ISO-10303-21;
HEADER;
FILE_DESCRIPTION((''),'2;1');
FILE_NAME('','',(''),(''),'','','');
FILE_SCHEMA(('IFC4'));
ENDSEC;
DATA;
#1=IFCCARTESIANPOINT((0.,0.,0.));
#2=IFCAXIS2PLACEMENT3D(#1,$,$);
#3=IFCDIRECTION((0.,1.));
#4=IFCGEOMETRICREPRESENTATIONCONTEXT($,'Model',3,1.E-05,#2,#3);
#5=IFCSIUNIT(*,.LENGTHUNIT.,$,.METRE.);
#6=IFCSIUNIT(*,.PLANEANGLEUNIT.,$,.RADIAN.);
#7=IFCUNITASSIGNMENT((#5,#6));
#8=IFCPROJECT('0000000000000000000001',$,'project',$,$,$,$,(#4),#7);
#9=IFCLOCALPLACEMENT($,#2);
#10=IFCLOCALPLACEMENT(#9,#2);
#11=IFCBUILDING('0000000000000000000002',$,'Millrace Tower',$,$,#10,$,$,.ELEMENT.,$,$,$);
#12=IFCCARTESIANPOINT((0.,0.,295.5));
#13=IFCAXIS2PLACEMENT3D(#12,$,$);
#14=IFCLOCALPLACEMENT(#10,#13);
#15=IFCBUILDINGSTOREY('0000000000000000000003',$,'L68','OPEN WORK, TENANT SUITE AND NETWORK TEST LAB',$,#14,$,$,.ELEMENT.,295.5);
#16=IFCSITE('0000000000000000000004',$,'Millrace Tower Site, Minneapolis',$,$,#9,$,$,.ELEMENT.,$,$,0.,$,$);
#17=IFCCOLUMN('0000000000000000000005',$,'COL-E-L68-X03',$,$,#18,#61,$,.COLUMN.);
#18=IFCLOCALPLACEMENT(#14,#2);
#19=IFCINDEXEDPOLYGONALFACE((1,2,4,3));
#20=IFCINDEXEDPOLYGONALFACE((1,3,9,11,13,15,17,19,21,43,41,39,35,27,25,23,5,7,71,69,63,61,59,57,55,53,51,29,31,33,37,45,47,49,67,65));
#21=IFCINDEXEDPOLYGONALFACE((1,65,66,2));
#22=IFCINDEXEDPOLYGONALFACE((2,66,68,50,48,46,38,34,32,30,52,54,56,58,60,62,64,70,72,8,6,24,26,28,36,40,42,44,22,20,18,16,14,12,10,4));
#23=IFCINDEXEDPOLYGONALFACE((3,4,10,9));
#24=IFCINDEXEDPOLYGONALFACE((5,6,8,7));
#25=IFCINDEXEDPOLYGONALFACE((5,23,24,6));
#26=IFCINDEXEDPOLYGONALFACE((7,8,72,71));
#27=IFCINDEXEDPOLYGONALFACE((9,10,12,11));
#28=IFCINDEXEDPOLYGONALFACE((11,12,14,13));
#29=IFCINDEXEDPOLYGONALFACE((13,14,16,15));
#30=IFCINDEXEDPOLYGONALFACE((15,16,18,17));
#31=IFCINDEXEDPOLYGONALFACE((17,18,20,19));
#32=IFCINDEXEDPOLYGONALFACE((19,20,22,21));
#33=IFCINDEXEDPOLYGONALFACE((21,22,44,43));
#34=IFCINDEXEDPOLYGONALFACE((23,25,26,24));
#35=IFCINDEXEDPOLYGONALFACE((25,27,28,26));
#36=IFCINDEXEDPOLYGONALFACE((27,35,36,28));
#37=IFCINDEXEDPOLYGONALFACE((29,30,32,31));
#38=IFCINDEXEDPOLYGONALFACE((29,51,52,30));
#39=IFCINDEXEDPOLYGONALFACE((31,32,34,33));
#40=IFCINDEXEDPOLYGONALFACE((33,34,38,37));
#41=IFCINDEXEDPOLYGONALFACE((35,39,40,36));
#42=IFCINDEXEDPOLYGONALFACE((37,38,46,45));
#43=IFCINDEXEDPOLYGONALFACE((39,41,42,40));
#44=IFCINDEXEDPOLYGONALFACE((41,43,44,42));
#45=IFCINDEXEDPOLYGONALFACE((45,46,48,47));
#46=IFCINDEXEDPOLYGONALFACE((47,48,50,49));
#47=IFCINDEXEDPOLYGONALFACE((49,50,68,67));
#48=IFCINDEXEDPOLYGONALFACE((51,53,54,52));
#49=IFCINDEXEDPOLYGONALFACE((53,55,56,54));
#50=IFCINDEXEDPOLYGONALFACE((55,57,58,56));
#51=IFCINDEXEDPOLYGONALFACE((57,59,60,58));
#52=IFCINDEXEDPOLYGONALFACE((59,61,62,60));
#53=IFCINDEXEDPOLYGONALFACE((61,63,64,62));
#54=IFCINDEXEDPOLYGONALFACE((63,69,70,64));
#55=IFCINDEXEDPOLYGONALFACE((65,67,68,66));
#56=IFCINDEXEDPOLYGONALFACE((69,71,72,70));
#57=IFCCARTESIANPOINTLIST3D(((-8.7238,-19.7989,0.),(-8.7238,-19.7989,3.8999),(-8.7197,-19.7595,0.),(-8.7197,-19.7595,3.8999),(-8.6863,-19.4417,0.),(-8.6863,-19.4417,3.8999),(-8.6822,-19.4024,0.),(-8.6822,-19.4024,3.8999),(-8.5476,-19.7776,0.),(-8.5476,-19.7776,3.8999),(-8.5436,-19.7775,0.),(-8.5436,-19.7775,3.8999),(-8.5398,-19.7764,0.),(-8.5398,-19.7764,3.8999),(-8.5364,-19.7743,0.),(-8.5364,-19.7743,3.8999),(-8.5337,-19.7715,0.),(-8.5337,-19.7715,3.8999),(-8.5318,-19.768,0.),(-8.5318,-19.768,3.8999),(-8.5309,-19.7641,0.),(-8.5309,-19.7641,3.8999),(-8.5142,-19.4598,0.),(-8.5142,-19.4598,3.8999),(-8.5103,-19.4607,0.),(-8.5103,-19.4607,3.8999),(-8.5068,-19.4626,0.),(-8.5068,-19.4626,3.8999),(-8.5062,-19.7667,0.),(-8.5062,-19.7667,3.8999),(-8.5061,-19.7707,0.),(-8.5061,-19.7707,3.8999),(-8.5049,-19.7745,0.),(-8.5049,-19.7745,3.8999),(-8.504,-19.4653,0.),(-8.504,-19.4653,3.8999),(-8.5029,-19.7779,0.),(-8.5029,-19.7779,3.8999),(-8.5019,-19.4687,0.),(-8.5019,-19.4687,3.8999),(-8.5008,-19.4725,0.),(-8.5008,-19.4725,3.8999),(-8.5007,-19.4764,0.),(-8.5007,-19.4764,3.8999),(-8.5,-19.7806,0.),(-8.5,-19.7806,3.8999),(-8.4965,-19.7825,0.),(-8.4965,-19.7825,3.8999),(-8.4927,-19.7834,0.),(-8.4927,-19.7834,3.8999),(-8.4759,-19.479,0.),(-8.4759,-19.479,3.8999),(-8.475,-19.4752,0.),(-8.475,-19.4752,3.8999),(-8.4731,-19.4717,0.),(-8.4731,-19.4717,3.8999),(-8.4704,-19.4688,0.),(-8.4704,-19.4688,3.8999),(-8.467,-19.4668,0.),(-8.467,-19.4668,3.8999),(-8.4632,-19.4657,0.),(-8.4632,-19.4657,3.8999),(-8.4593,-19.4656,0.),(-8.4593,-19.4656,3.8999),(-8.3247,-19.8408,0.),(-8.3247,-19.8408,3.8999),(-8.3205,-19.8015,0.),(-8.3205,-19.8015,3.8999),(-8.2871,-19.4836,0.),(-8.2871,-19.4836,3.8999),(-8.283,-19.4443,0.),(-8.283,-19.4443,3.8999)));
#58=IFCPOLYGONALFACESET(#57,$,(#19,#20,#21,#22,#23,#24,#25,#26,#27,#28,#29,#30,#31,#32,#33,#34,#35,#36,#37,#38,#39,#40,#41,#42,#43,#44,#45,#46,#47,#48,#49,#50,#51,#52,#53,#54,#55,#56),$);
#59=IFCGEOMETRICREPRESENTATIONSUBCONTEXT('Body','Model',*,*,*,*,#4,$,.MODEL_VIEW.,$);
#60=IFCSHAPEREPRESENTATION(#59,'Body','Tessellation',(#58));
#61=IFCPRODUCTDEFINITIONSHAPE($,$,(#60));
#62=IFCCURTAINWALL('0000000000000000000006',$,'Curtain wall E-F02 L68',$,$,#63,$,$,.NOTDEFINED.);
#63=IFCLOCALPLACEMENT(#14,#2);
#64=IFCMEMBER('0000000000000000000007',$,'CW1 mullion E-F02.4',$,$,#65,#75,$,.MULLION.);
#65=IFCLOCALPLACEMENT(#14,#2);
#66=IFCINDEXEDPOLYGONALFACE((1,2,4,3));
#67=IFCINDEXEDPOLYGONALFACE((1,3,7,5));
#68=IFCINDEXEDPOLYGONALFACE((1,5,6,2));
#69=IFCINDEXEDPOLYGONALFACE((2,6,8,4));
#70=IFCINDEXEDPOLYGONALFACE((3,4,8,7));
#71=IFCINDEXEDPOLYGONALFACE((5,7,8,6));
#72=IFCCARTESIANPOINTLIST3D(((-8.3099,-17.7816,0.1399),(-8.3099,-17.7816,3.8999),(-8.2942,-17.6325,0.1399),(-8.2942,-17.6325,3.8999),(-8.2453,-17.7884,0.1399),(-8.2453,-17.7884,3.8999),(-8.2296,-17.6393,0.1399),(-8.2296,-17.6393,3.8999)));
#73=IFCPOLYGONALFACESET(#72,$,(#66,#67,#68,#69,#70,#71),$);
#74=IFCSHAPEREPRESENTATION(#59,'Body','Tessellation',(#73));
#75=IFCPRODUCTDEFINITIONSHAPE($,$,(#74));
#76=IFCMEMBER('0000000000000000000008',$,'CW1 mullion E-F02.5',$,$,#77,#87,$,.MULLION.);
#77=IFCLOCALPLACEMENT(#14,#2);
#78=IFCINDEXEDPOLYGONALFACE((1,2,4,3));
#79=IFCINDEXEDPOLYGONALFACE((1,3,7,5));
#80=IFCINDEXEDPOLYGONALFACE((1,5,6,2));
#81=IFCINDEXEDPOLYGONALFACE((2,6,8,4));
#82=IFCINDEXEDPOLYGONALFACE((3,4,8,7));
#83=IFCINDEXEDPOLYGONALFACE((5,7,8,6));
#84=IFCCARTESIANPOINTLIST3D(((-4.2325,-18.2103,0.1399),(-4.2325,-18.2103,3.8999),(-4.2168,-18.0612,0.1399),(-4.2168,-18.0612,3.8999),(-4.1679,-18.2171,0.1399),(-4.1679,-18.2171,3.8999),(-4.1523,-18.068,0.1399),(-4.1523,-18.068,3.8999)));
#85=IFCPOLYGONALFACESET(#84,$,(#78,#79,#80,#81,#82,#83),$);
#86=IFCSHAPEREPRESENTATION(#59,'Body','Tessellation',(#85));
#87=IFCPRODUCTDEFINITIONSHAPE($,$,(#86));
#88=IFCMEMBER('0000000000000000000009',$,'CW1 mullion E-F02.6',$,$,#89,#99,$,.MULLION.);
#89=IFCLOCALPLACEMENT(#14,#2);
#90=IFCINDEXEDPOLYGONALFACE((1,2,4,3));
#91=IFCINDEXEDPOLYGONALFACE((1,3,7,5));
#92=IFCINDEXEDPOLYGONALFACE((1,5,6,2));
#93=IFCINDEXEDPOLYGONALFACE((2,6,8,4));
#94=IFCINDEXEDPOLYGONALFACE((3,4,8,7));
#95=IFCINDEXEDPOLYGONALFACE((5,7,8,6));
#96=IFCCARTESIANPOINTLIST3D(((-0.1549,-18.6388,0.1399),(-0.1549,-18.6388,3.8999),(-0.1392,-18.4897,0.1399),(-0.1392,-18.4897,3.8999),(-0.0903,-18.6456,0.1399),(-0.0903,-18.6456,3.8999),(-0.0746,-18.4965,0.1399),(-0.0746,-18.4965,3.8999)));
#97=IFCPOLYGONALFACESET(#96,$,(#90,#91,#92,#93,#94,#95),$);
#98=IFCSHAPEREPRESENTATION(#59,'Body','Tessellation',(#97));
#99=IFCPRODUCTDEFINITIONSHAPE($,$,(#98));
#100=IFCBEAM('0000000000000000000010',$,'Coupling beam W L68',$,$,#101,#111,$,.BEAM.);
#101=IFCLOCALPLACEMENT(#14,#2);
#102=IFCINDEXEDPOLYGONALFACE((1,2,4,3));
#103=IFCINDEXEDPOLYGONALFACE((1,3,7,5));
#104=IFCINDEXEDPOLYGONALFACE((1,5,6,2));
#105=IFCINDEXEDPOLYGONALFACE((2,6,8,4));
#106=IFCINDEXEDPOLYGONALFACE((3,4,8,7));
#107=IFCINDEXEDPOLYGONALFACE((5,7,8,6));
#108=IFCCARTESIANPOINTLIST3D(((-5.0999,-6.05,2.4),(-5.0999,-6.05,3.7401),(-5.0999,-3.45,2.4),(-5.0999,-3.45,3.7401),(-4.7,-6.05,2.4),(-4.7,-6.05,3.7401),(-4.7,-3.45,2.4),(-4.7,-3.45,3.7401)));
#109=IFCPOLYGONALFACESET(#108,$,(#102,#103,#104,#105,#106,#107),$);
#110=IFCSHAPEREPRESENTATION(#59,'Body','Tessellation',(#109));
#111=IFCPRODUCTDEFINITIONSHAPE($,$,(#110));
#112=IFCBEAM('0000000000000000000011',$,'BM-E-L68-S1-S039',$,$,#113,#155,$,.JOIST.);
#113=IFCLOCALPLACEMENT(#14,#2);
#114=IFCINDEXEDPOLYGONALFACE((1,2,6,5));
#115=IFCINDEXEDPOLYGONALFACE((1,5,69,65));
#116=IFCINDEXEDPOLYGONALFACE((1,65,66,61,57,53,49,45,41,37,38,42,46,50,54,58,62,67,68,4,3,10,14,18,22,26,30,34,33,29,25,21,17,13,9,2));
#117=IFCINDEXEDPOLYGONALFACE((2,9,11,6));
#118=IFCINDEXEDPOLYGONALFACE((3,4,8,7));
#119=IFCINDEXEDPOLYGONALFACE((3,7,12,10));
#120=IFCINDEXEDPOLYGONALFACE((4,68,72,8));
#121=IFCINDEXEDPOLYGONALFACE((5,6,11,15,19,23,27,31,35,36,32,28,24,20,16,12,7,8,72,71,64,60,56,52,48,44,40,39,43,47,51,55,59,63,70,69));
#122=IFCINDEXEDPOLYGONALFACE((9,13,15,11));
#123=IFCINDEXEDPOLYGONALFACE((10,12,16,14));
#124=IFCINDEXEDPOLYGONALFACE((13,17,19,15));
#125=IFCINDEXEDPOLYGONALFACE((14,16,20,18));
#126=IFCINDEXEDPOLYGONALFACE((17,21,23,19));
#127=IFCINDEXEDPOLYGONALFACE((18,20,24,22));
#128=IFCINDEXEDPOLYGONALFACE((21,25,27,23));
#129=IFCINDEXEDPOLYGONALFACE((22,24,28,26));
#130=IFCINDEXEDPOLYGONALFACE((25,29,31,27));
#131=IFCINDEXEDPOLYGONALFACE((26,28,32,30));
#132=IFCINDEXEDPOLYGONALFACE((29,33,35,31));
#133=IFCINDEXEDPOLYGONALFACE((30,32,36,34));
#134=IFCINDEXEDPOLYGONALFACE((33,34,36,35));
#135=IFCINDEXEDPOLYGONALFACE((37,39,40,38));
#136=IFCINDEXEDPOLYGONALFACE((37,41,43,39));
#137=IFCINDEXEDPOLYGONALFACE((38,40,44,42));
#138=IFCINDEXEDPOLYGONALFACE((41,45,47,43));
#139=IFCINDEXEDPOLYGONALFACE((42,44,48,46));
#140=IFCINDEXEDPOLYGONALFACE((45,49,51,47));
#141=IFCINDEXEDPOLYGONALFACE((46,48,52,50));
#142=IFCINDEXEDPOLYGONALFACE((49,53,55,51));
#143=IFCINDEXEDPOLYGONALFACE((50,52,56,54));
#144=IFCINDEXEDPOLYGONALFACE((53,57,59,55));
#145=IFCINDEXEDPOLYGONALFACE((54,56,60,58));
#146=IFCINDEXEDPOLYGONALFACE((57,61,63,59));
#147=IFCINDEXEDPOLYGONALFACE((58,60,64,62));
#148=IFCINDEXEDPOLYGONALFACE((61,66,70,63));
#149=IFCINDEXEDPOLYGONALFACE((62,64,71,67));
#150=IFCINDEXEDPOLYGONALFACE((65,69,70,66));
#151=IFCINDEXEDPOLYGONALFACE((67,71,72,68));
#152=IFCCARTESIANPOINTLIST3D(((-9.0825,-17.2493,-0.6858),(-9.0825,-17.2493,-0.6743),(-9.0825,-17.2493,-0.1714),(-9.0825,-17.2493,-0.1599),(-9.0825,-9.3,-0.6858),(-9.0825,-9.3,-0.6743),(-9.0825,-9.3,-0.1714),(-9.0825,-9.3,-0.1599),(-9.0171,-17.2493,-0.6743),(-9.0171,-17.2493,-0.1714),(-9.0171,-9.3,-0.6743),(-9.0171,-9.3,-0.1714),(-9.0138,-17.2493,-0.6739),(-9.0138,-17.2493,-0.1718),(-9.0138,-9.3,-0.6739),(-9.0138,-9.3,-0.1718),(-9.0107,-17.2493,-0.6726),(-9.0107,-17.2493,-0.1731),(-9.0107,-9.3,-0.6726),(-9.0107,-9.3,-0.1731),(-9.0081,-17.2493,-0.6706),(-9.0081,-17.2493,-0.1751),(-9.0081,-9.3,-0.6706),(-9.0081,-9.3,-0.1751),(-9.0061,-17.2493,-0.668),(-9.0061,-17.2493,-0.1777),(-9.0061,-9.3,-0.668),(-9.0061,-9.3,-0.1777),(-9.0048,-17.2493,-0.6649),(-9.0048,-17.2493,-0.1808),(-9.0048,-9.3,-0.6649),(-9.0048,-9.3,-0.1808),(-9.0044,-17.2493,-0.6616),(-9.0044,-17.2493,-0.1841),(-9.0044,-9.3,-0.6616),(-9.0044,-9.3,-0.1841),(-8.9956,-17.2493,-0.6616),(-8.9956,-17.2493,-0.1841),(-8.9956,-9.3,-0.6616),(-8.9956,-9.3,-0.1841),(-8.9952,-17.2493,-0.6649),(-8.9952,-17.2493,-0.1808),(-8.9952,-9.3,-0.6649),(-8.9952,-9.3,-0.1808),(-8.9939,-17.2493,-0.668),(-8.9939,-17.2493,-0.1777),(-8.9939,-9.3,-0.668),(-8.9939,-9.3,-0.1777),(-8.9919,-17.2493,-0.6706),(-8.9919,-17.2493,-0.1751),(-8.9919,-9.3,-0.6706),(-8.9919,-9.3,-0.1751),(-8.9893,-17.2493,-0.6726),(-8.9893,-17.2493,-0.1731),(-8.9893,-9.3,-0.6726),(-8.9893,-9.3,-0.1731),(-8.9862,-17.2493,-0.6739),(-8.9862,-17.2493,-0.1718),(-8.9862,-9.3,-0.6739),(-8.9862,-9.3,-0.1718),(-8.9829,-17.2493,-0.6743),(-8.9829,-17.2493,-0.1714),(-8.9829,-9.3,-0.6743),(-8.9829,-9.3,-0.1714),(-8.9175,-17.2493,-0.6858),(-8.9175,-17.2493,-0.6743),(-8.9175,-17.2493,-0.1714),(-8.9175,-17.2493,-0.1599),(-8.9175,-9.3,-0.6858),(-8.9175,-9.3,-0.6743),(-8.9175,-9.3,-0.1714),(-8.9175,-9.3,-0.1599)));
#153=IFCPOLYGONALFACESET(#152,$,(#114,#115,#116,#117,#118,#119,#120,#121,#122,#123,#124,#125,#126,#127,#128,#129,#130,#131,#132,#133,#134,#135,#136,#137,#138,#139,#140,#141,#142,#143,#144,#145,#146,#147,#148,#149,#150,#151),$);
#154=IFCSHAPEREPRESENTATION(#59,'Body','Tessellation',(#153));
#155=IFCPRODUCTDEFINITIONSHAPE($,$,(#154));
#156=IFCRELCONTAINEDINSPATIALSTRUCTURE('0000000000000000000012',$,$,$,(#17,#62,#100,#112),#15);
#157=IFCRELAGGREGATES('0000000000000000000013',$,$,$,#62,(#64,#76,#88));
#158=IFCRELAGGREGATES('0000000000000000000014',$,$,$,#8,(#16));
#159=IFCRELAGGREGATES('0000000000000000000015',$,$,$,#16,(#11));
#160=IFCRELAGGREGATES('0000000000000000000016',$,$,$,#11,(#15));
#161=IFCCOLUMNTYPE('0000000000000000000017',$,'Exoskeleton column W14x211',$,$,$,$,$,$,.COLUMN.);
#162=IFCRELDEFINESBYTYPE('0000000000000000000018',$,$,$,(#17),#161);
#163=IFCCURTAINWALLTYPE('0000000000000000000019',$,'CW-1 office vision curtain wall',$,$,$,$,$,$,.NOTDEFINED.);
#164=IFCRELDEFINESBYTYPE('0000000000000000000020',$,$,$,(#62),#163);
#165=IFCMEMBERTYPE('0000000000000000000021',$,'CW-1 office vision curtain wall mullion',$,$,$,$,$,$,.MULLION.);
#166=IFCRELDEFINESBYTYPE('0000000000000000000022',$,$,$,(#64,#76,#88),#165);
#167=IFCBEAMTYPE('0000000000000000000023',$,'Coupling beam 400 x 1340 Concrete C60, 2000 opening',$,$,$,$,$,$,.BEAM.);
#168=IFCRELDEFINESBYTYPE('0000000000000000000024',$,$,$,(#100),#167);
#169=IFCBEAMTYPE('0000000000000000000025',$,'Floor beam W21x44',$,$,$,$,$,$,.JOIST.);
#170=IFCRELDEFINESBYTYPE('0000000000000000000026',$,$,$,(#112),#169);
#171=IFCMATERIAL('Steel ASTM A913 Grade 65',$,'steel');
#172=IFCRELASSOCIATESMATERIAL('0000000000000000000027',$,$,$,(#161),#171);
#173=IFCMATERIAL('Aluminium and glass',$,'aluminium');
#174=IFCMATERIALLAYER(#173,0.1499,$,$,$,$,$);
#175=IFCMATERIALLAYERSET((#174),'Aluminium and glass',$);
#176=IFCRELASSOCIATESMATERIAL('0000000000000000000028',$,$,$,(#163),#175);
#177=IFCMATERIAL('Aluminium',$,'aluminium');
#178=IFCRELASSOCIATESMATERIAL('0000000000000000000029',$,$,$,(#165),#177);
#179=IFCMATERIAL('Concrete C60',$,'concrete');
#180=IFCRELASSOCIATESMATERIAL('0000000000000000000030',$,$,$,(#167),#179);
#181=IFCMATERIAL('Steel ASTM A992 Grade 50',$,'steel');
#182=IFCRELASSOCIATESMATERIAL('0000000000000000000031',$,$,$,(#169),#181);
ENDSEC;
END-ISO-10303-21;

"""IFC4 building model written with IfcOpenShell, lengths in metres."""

from ifc_helpers import new_model, si_unit, direction, frame, origin, origin_2d, place, context, subcontext, project, spatial, rectangle, i_section, extrude, material, layer, layer_set, material_profile, profile_set, type_object, element, aggregate, save


model = new_model("IFC4")

# Units and contexts
model_context = context("Model", 3, precision=1e-05, world=origin(), true_north=direction((0.0, 1.0)))
body_context = subcontext(model_context, "Body", "Model", "MODEL_VIEW")
ifc_project = project(units=[si_unit("LENGTHUNIT", "METRE"), si_unit("PLANEANGLEUNIT", "RADIAN")], contexts=[model_context])

# Site, building, storey
site_placement = place(None, origin())
site = spatial("IfcSite", under=ifc_project, at=site_placement, Name="Millrace Tower Site, Minneapolis", CompositionType="ELEMENT", RefElevation=0.0)
building_placement = place(site_placement, origin())
building = spatial("IfcBuilding", under=site, at=building_placement, Name="Millrace Tower", CompositionType="ELEMENT")
storey_placement = place(building_placement, frame((0.0, 0.0, 295.5)))
storey = spatial("IfcBuildingStorey", under=building, at=storey_placement, Name="L68", Description="OPEN WORK, TENANT SUITE AND NETWORK TEST LAB", CompositionType="ELEMENT", Elevation=295.5)

# Column
ifc_material_1 = material(Name="Steel ASTM A913 Grade 65", Category="steel")
ifc_material_profile_1 = material_profile(ifc_material_1, i_section(OverallWidth=0.4014, OverallDepth=0.3987, WebThickness=0.0249, FlangeThickness=0.0396, FilletRadius=0.0151, at=origin_2d()))
ifc_profile_set_1 = profile_set([ifc_material_profile_1], Name="Steel ASTM A913 Grade 65")
column_type = type_object("IfcColumnType", Name="Exoskeleton column W14x211", PredefinedType="COLUMN", material=ifc_profile_set_1)
column_placement = place(storey_placement, frame((-8.5034, -19.6216, 0.0), z_axis=(0.0, 0.0, 1.0), x_axis=(0.994522, -0.104528, 0.0)))
element("IfcColumn", 1, at=column_placement, inside=storey, type_object=column_type, Name="COL-E-L68-X03", PredefinedType="COLUMN", context=body_context, shape_type="SweptSolid", body=[
    extrude(i_section(OverallWidth=0.4014, OverallDepth=0.3987, WebThickness=0.0249, FlangeThickness=0.0396, FilletRadius=0.0151, at=origin_2d()), origin(), (0.0, 0.0, 1.0), 3.8999),
])

# Curtain wall, members
ifc_material_2 = material(Name="Aluminium and glass", Category="aluminium")
ifc_layer_1 = layer(ifc_material_2, 0.1499)
ifc_layer_set_1 = layer_set([ifc_layer_1], Name="Aluminium and glass")
curtain_wall_type = type_object("IfcCurtainWallType", Name="CW-1 office vision curtain wall", PredefinedType="NOTDEFINED", material=ifc_layer_set_1)
curtain_wall_placement = place(storey_placement, origin())
curtain_wall = element("IfcCurtainWall", 2, at=curtain_wall_placement, inside=storey, type_object=curtain_wall_type, Name="Curtain wall E-F02 L68", PredefinedType="NOTDEFINED")
ifc_material_3 = material(Name="Aluminium", Category="aluminium")
ifc_material_profile_2 = material_profile(ifc_material_3, rectangle(XDim=0.0649, YDim=0.1499, at=origin_2d()))
ifc_profile_set_2 = profile_set([ifc_material_profile_2], Name="Aluminium")
member_type = type_object("IfcMemberType", Name="CW-1 office vision curtain wall mullion", PredefinedType="MULLION", material=ifc_profile_set_2)
member_1_placement = place(storey_placement, frame((-8.2698, -17.7104, 0.1399), z_axis=(0.0, 0.0, 1.0), x_axis=(0.994522, -0.104528, 0.0)))
member_1 = element("IfcMember", 3, at=member_1_placement, type_object=member_type, Name="CW1 mullion E-F02.4", PredefinedType="MULLION", context=body_context, shape_type="SweptSolid", body=[
    extrude(rectangle(XDim=0.0649, YDim=0.1499, at=origin_2d()), origin(), (0.0, 0.0, 1.0), 3.76),
])
member_2_placement = place(storey_placement, frame((-4.1924, -18.1392, 0.1399), z_axis=(0.0, 0.0, 1.0), x_axis=(0.994522, -0.104528, 0.0)))
member_2 = element("IfcMember", 4, at=member_2_placement, type_object=member_type, Name="CW1 mullion E-F02.5", PredefinedType="MULLION", context=body_context, shape_type="SweptSolid", body=[
    extrude(rectangle(XDim=0.0649, YDim=0.1499, at=origin_2d()), origin(), (0.0, 0.0, 1.0), 3.76),
])
member_3_placement = place(storey_placement, frame((-0.1147, -18.5676, 0.1399), z_axis=(0.0, 0.0, 1.0), x_axis=(0.994522, -0.104528, 0.0)))
member_3 = element("IfcMember", 5, at=member_3_placement, type_object=member_type, Name="CW1 mullion E-F02.6", PredefinedType="MULLION", context=body_context, shape_type="SweptSolid", body=[
    extrude(rectangle(XDim=0.0649, YDim=0.1499, at=origin_2d()), origin(), (0.0, 0.0, 1.0), 3.76),
])
aggregate(curtain_wall, [member_1, member_2, member_3])

# Beams
ifc_material_4 = material(Name="Concrete C60", Category="concrete")
ifc_material_profile_3 = material_profile(ifc_material_4, rectangle(XDim=0.3999, YDim=1.3401, at=origin_2d()))
ifc_profile_set_3 = profile_set([ifc_material_profile_3], Name="Concrete C60")
beam_type_1 = type_object("IfcBeamType", Name="Coupling beam 400 x 1340 Concrete C60, 2000 opening", PredefinedType="BEAM", material=ifc_profile_set_3)
beam_1_placement = place(storey_placement, frame((-4.8999, -6.05, 3.0701), z_axis=(0.0, 1.0, 0.0), x_axis=(-1.0, 0.0, 0.0)))
element("IfcBeam", 6, at=beam_1_placement, inside=storey, type_object=beam_type_1, Name="Coupling beam W L68", PredefinedType="BEAM", context=body_context, shape_type="SweptSolid", body=[
    extrude(rectangle(XDim=0.3999, YDim=1.3401, at=origin_2d()), origin(), (0.0, 0.0, 1.0), 2.6001),
])
ifc_material_5 = material(Name="Steel ASTM A992 Grade 50", Category="steel")
ifc_material_profile_4 = material_profile(ifc_material_5, i_section(OverallWidth=0.165, OverallDepth=0.5259, WebThickness=0.0088, FlangeThickness=0.0115, FilletRadius=0.0127, at=origin_2d()))
ifc_profile_set_4 = profile_set([ifc_material_profile_4], Name="Steel ASTM A992 Grade 50")
beam_type_2 = type_object("IfcBeamType", Name="Floor beam W21x44", PredefinedType="JOIST", material=ifc_profile_set_4)
beam_2_placement = place(storey_placement, frame((-9.0, -17.2493, -0.4229), z_axis=(0.0, 1.0, 0.0), x_axis=(-1.0, 0.0, 0.0)))
element("IfcBeam", 7, at=beam_2_placement, inside=storey, type_object=beam_type_2, Name="BM-E-L68-S1-S039", PredefinedType="JOIST", context=body_context, shape_type="SweptSolid", body=[
    extrude(i_section(OverallWidth=0.165, OverallDepth=0.5259, WebThickness=0.0088, FlangeThickness=0.0115, FilletRadius=0.0127, at=origin_2d()), origin(), (0.0, 0.0, 1.0), 7.9492),
])

save(model, "model.ifc")
